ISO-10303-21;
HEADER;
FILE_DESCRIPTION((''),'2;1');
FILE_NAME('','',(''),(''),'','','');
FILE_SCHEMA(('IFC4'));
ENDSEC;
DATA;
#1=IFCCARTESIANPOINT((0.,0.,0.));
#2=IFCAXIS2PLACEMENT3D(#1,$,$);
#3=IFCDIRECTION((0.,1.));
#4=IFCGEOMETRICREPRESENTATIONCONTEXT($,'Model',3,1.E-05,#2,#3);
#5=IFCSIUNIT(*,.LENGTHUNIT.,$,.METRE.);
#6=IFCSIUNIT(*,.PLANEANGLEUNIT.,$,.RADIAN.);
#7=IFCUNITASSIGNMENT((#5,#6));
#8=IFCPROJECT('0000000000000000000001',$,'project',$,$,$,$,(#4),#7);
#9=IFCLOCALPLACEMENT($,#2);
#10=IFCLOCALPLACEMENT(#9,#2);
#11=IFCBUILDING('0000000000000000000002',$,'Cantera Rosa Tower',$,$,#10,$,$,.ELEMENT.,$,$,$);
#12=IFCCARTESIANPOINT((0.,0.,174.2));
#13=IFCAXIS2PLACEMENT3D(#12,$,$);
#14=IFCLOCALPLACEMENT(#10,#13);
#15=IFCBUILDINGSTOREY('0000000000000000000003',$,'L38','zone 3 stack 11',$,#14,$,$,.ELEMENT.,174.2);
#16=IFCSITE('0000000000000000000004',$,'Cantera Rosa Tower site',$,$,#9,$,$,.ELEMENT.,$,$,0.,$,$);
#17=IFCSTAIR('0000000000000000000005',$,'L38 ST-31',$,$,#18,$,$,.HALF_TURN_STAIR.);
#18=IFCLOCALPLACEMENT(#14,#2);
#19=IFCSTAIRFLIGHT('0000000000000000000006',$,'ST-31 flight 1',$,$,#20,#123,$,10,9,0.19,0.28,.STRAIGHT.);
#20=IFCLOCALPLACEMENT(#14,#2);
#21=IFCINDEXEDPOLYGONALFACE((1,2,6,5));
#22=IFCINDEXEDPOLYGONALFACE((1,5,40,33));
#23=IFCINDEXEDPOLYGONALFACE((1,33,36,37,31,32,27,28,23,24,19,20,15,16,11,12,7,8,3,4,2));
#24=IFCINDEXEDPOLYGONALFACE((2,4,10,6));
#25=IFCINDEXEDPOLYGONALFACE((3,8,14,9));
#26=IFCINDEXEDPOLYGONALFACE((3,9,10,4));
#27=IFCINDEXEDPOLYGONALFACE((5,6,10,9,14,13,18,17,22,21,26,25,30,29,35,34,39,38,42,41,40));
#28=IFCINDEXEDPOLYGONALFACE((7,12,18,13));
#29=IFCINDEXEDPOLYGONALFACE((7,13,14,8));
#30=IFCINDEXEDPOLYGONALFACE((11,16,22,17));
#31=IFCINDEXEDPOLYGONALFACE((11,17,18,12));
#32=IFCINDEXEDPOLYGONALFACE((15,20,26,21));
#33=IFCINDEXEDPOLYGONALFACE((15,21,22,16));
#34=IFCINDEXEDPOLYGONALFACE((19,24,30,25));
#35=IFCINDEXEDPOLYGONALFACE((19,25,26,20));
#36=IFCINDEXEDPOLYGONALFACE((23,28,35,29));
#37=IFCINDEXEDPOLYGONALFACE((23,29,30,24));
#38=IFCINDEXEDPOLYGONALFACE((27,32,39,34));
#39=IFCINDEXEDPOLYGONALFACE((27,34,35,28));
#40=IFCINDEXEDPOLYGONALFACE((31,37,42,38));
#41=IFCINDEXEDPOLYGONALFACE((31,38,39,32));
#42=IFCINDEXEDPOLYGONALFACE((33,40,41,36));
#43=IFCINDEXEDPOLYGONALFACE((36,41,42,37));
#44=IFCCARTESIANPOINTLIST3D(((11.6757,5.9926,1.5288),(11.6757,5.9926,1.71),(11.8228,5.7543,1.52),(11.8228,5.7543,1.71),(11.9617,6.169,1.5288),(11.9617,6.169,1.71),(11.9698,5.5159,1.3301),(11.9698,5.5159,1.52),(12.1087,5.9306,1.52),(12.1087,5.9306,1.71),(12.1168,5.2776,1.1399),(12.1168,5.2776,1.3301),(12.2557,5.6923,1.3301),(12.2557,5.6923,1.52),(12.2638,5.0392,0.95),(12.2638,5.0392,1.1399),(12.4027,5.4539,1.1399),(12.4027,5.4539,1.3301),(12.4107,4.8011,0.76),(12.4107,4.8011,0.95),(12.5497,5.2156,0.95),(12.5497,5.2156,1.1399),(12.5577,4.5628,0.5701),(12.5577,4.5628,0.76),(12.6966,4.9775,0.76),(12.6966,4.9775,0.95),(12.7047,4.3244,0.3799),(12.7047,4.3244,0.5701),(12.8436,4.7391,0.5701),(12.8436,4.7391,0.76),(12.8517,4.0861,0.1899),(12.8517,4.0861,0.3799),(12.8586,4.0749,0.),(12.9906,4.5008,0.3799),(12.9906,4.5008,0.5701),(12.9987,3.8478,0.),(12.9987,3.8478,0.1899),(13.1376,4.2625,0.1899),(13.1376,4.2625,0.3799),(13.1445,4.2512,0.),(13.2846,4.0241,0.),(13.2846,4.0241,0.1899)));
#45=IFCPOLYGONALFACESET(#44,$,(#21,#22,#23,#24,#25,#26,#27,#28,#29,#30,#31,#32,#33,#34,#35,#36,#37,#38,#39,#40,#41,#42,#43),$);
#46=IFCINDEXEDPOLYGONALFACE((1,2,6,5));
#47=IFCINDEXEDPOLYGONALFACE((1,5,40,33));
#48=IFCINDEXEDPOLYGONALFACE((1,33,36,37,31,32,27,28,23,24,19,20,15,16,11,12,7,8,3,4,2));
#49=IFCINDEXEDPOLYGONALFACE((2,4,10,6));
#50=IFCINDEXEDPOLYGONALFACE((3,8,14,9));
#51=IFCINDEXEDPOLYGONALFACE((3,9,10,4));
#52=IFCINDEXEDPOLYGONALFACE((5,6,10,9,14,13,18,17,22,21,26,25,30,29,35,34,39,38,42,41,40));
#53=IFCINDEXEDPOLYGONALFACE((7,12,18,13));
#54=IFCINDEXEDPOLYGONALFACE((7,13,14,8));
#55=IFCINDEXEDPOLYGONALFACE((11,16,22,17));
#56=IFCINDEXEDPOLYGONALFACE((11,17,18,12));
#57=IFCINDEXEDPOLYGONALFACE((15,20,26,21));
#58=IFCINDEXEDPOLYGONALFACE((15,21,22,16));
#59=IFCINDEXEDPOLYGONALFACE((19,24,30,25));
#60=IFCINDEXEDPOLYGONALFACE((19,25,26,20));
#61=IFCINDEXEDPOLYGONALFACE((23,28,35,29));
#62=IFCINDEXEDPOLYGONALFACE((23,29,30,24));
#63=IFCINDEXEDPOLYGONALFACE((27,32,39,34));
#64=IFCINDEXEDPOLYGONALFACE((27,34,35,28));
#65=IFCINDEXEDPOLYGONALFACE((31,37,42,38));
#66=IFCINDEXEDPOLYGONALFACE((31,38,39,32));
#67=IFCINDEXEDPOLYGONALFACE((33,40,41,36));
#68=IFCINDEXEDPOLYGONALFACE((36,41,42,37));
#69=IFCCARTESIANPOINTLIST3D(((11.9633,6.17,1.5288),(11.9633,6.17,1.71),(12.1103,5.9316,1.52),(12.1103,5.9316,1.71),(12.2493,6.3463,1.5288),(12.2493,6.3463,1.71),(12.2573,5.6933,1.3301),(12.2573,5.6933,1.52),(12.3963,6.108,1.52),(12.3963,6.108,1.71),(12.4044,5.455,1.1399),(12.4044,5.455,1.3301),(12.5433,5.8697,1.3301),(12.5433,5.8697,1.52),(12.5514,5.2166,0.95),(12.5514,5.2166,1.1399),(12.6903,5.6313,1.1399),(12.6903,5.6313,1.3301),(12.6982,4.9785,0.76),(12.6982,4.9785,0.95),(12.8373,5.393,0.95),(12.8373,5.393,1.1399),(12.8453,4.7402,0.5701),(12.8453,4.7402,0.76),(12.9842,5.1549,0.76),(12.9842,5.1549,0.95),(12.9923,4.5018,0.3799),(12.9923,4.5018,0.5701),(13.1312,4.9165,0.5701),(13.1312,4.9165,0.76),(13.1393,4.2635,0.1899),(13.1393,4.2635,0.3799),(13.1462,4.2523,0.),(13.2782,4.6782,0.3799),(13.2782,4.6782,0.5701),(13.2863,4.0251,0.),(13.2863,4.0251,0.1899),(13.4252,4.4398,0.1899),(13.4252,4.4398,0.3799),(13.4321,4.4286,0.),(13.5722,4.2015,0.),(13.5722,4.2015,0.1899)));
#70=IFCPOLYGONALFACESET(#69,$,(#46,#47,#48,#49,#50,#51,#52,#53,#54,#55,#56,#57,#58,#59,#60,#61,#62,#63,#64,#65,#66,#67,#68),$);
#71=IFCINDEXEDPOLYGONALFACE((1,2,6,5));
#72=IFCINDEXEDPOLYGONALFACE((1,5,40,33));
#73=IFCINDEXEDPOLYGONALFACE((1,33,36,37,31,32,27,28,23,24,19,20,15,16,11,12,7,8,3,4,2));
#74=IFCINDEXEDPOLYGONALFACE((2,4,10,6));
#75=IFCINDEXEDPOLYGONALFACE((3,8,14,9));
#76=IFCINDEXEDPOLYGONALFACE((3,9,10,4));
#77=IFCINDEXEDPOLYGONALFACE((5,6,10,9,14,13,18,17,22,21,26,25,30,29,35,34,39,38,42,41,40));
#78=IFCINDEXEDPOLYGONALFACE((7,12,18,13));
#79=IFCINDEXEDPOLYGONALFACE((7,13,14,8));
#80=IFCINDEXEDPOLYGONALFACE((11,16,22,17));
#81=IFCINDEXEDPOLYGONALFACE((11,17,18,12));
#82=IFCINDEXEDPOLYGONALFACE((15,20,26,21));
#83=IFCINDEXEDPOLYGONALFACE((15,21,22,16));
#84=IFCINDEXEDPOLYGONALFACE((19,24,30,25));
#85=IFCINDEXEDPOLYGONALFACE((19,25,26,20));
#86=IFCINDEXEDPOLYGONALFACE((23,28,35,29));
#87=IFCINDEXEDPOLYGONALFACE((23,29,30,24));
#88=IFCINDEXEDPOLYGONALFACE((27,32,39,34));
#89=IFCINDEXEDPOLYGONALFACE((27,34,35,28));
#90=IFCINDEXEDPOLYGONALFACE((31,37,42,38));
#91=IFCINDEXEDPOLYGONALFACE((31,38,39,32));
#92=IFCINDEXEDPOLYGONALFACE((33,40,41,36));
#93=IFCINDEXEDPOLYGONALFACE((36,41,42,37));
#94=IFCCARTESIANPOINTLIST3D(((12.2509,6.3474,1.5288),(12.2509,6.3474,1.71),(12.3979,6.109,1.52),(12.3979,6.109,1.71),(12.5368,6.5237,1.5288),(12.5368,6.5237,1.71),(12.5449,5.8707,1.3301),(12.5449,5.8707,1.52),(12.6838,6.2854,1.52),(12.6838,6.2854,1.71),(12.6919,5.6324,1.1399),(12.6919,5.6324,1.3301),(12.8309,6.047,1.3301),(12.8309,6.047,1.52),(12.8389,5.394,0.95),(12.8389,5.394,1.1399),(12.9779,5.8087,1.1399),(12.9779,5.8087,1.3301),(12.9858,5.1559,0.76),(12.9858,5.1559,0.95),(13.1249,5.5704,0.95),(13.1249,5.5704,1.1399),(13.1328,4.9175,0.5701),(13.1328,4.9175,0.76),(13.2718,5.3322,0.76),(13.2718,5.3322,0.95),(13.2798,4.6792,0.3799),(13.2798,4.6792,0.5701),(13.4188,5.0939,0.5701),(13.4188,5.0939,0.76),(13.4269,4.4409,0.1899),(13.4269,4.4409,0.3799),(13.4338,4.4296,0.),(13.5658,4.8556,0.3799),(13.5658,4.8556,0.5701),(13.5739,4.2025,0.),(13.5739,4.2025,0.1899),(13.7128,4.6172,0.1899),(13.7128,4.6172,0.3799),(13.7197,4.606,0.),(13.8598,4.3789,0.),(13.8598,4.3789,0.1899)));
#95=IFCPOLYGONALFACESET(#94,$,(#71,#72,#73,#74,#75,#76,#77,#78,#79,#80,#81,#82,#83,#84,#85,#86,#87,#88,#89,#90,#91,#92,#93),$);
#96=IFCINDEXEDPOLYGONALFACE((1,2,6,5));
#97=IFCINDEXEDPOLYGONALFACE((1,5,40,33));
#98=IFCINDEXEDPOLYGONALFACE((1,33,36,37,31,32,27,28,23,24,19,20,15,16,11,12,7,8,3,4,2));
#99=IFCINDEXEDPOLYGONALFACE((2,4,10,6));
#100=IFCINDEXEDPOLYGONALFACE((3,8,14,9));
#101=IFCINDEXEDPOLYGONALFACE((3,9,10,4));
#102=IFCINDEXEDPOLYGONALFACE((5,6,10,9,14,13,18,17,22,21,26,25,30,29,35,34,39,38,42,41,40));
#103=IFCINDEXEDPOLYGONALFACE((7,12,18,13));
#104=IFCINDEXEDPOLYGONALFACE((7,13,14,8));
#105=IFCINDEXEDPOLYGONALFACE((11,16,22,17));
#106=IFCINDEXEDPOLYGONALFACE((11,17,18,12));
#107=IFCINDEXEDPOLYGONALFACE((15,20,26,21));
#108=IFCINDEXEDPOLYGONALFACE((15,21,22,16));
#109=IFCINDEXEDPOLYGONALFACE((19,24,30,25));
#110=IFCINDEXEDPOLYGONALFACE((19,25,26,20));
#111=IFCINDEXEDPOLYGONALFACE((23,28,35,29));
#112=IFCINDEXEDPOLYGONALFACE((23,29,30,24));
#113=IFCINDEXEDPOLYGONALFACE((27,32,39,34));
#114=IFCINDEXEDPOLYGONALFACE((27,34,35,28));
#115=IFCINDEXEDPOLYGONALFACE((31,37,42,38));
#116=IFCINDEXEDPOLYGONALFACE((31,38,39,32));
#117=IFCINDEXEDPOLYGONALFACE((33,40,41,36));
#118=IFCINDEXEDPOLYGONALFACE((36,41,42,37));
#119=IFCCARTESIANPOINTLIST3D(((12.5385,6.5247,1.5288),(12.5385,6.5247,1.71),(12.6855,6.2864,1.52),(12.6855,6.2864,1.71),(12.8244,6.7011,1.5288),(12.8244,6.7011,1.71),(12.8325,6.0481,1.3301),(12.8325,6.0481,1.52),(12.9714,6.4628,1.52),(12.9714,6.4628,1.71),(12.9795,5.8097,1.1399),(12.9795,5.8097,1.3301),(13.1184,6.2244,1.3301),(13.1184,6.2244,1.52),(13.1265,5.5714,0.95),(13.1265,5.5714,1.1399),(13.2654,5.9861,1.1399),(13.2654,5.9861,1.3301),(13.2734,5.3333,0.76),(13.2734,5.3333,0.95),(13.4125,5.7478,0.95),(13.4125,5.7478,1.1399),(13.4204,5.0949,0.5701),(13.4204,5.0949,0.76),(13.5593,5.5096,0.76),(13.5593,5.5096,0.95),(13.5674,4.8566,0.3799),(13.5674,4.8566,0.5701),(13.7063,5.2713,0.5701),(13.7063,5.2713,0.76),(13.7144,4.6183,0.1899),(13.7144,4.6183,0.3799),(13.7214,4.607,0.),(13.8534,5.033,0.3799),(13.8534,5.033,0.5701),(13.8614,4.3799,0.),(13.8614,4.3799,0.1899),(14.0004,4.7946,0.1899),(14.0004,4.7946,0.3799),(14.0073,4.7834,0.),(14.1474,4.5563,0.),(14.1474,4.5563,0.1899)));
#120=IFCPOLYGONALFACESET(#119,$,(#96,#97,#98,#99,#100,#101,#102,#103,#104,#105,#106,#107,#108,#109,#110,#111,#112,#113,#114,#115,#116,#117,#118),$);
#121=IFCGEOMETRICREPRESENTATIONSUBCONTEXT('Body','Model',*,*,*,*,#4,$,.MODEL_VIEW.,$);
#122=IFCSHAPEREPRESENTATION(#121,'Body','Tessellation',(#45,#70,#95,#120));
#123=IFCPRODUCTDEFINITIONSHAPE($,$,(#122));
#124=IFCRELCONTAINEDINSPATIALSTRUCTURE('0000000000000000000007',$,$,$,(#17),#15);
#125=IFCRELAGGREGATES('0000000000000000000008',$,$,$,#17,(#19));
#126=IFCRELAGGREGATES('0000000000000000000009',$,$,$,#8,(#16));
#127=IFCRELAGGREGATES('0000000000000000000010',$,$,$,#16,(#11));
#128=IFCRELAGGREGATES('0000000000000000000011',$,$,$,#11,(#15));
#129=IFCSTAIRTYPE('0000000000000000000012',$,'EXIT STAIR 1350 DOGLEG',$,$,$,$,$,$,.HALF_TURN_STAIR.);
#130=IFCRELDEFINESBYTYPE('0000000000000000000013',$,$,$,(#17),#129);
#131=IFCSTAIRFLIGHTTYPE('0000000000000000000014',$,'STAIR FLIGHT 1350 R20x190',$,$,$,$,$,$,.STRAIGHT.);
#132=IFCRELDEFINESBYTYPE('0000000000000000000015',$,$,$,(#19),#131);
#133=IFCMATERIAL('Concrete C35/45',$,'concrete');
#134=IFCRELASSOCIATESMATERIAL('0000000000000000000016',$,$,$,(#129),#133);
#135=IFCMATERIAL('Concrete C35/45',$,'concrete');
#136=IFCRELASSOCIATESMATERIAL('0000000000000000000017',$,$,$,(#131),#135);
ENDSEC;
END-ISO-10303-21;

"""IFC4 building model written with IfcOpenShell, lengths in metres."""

from ifc_helpers import new_model, si_unit, direction, frame, origin, place, context, subcontext, project, spatial, polyline, outline, extrude, material, type_object, element, aggregate, save


model = new_model("IFC4")

# Units and contexts
model_context = context("Model", 3, precision=1e-05, world=origin(), true_north=direction((0.0, 1.0)))
body_context = subcontext(model_context, "Body", "Model", "MODEL_VIEW")
ifc_project = project(units=[si_unit("LENGTHUNIT", "METRE"), si_unit("PLANEANGLEUNIT", "RADIAN")], contexts=[model_context])

# Site, building, storey
site_placement = place(None, origin())
site = spatial("IfcSite", under=ifc_project, at=site_placement, Name="Cantera Rosa Tower site", CompositionType="ELEMENT", RefElevation=0.0)
building_placement = place(site_placement, origin())
building = spatial("IfcBuilding", under=site, at=building_placement, Name="Cantera Rosa Tower", CompositionType="ELEMENT")
storey_placement = place(building_placement, frame((0.0, 0.0, 174.2)))
storey = spatial("IfcBuildingStorey", under=building, at=storey_placement, Name="L38", Description="zone 3 stack 11", CompositionType="ELEMENT", Elevation=174.2)

# Stair, stair flight
ifc_material_1 = material(Name="Concrete C35/45", Category="concrete")
stair_type = type_object("IfcStairType", Name="EXIT STAIR 1350 DOGLEG", PredefinedType="HALF_TURN_STAIR", material=ifc_material_1)
stair_placement = place(storey_placement, origin())
stair = element("IfcStair", 1, at=stair_placement, inside=storey, type_object=stair_type, Name="L38 ST-31", PredefinedType="HALF_TURN_STAIR")
ifc_material_2 = material(Name="Concrete C35/45", Category="concrete")
stair_flight_type = type_object("IfcStairFlightType", Name="STAIR FLIGHT 1350 R20x190", PredefinedType="STRAIGHT", material=ifc_material_2)
stair_flight_1_placement = place(storey_placement, frame((13.5732, 4.2021, 0.0), z_axis=(0.0, 0.0, 1.0), x_axis=(-0.524977, 0.851117, 0.0)))
stair_flight_1 = element("IfcStairFlight", 2, at=stair_flight_1_placement, type_object=stair_flight_type, Name="ST-31 flight 1", NumberOfRisers=10, NumberOfTreads=9, PredefinedType="STRAIGHT", RiserHeight=0.19, TreadLength=0.28, context=body_context, shape_type="SweptSolid", body=[
    extrude(outline(polyline([(0.0, 0.0), (0.0, 0.1899), (0.28, 0.1899), (0.28, 0.3799), (0.5601, 0.3799), (0.5601, 0.5701), (0.8401, 0.5701), (0.8401, 0.76), (1.1201, 0.76), (1.1201, 0.95), (1.3999, 0.95), (1.3999, 1.1399), (1.6799, 1.1399), (1.6799, 1.3301), (1.96, 1.3301), (1.96, 1.52), (2.24, 1.52), (2.24, 1.71), (2.52, 1.71), (2.52, 1.8999), (2.52, 1.5288), (0.2668, 0.0), (0.0, 0.0)])), frame((0.0, 0.675, 0.0), z_axis=(0.0, -1.0, 0.0), x_axis=(1.0, 0.0, 0.0)), (0.0, 0.0, 1.0), 0.3359),
    extrude(outline(polyline([(0.0, 0.0), (0.0, 0.1899), (0.28, 0.1899), (0.28, 0.3799), (0.5601, 0.3799), (0.5601, 0.5701), (0.8401, 0.5701), (0.8401, 0.76), (1.1201, 0.76), (1.1201, 0.95), (1.3999, 0.95), (1.3999, 1.1399), (1.6799, 1.1399), (1.6799, 1.3301), (1.96, 1.3301), (1.96, 1.52), (2.24, 1.52), (2.24, 1.71), (2.52, 1.71), (2.52, 1.8999), (2.52, 1.5288), (0.2668, 0.0), (0.0, 0.0)])), frame((0.0, 0.3372, 0.0), z_axis=(0.0, -1.0, 0.0), x_axis=(1.0, 0.0, 0.0)), (0.0, 0.0, 1.0), 0.3359),
    extrude(outline(polyline([(0.0, 0.0), (0.0, 0.1899), (0.28, 0.1899), (0.28, 0.3799), (0.5601, 0.3799), (0.5601, 0.5701), (0.8401, 0.5701), (0.8401, 0.76), (1.1201, 0.76), (1.1201, 0.95), (1.3999, 0.95), (1.3999, 1.1399), (1.6799, 1.1399), (1.6799, 1.3301), (1.96, 1.3301), (1.96, 1.52), (2.24, 1.52), (2.24, 1.71), (2.52, 1.71), (2.52, 1.8999), (2.52, 1.5288), (0.2668, 0.0), (0.0, 0.0)])), frame((0.0, -0.0007, 0.0), z_axis=(0.0, -1.0, 0.0), x_axis=(1.0, 0.0, 0.0)), (0.0, 0.0, 1.0), 0.3359),
    extrude(outline(polyline([(0.0, 0.0), (0.0, 0.1899), (0.28, 0.1899), (0.28, 0.3799), (0.5601, 0.3799), (0.5601, 0.5701), (0.8401, 0.5701), (0.8401, 0.76), (1.1201, 0.76), (1.1201, 0.95), (1.3999, 0.95), (1.3999, 1.1399), (1.6799, 1.1399), (1.6799, 1.3301), (1.96, 1.3301), (1.96, 1.52), (2.24, 1.52), (2.24, 1.71), (2.52, 1.71), (2.52, 1.8999), (2.52, 1.5288), (0.2668, 0.0), (0.0, 0.0)])), frame((0.0, -0.3386, 0.0), z_axis=(0.0, -1.0, 0.0), x_axis=(1.0, 0.0, 0.0)), (0.0, 0.0, 1.0), 0.3359),
])
aggregate(stair, [stair_flight_1])

save(model, "model.ifc")
